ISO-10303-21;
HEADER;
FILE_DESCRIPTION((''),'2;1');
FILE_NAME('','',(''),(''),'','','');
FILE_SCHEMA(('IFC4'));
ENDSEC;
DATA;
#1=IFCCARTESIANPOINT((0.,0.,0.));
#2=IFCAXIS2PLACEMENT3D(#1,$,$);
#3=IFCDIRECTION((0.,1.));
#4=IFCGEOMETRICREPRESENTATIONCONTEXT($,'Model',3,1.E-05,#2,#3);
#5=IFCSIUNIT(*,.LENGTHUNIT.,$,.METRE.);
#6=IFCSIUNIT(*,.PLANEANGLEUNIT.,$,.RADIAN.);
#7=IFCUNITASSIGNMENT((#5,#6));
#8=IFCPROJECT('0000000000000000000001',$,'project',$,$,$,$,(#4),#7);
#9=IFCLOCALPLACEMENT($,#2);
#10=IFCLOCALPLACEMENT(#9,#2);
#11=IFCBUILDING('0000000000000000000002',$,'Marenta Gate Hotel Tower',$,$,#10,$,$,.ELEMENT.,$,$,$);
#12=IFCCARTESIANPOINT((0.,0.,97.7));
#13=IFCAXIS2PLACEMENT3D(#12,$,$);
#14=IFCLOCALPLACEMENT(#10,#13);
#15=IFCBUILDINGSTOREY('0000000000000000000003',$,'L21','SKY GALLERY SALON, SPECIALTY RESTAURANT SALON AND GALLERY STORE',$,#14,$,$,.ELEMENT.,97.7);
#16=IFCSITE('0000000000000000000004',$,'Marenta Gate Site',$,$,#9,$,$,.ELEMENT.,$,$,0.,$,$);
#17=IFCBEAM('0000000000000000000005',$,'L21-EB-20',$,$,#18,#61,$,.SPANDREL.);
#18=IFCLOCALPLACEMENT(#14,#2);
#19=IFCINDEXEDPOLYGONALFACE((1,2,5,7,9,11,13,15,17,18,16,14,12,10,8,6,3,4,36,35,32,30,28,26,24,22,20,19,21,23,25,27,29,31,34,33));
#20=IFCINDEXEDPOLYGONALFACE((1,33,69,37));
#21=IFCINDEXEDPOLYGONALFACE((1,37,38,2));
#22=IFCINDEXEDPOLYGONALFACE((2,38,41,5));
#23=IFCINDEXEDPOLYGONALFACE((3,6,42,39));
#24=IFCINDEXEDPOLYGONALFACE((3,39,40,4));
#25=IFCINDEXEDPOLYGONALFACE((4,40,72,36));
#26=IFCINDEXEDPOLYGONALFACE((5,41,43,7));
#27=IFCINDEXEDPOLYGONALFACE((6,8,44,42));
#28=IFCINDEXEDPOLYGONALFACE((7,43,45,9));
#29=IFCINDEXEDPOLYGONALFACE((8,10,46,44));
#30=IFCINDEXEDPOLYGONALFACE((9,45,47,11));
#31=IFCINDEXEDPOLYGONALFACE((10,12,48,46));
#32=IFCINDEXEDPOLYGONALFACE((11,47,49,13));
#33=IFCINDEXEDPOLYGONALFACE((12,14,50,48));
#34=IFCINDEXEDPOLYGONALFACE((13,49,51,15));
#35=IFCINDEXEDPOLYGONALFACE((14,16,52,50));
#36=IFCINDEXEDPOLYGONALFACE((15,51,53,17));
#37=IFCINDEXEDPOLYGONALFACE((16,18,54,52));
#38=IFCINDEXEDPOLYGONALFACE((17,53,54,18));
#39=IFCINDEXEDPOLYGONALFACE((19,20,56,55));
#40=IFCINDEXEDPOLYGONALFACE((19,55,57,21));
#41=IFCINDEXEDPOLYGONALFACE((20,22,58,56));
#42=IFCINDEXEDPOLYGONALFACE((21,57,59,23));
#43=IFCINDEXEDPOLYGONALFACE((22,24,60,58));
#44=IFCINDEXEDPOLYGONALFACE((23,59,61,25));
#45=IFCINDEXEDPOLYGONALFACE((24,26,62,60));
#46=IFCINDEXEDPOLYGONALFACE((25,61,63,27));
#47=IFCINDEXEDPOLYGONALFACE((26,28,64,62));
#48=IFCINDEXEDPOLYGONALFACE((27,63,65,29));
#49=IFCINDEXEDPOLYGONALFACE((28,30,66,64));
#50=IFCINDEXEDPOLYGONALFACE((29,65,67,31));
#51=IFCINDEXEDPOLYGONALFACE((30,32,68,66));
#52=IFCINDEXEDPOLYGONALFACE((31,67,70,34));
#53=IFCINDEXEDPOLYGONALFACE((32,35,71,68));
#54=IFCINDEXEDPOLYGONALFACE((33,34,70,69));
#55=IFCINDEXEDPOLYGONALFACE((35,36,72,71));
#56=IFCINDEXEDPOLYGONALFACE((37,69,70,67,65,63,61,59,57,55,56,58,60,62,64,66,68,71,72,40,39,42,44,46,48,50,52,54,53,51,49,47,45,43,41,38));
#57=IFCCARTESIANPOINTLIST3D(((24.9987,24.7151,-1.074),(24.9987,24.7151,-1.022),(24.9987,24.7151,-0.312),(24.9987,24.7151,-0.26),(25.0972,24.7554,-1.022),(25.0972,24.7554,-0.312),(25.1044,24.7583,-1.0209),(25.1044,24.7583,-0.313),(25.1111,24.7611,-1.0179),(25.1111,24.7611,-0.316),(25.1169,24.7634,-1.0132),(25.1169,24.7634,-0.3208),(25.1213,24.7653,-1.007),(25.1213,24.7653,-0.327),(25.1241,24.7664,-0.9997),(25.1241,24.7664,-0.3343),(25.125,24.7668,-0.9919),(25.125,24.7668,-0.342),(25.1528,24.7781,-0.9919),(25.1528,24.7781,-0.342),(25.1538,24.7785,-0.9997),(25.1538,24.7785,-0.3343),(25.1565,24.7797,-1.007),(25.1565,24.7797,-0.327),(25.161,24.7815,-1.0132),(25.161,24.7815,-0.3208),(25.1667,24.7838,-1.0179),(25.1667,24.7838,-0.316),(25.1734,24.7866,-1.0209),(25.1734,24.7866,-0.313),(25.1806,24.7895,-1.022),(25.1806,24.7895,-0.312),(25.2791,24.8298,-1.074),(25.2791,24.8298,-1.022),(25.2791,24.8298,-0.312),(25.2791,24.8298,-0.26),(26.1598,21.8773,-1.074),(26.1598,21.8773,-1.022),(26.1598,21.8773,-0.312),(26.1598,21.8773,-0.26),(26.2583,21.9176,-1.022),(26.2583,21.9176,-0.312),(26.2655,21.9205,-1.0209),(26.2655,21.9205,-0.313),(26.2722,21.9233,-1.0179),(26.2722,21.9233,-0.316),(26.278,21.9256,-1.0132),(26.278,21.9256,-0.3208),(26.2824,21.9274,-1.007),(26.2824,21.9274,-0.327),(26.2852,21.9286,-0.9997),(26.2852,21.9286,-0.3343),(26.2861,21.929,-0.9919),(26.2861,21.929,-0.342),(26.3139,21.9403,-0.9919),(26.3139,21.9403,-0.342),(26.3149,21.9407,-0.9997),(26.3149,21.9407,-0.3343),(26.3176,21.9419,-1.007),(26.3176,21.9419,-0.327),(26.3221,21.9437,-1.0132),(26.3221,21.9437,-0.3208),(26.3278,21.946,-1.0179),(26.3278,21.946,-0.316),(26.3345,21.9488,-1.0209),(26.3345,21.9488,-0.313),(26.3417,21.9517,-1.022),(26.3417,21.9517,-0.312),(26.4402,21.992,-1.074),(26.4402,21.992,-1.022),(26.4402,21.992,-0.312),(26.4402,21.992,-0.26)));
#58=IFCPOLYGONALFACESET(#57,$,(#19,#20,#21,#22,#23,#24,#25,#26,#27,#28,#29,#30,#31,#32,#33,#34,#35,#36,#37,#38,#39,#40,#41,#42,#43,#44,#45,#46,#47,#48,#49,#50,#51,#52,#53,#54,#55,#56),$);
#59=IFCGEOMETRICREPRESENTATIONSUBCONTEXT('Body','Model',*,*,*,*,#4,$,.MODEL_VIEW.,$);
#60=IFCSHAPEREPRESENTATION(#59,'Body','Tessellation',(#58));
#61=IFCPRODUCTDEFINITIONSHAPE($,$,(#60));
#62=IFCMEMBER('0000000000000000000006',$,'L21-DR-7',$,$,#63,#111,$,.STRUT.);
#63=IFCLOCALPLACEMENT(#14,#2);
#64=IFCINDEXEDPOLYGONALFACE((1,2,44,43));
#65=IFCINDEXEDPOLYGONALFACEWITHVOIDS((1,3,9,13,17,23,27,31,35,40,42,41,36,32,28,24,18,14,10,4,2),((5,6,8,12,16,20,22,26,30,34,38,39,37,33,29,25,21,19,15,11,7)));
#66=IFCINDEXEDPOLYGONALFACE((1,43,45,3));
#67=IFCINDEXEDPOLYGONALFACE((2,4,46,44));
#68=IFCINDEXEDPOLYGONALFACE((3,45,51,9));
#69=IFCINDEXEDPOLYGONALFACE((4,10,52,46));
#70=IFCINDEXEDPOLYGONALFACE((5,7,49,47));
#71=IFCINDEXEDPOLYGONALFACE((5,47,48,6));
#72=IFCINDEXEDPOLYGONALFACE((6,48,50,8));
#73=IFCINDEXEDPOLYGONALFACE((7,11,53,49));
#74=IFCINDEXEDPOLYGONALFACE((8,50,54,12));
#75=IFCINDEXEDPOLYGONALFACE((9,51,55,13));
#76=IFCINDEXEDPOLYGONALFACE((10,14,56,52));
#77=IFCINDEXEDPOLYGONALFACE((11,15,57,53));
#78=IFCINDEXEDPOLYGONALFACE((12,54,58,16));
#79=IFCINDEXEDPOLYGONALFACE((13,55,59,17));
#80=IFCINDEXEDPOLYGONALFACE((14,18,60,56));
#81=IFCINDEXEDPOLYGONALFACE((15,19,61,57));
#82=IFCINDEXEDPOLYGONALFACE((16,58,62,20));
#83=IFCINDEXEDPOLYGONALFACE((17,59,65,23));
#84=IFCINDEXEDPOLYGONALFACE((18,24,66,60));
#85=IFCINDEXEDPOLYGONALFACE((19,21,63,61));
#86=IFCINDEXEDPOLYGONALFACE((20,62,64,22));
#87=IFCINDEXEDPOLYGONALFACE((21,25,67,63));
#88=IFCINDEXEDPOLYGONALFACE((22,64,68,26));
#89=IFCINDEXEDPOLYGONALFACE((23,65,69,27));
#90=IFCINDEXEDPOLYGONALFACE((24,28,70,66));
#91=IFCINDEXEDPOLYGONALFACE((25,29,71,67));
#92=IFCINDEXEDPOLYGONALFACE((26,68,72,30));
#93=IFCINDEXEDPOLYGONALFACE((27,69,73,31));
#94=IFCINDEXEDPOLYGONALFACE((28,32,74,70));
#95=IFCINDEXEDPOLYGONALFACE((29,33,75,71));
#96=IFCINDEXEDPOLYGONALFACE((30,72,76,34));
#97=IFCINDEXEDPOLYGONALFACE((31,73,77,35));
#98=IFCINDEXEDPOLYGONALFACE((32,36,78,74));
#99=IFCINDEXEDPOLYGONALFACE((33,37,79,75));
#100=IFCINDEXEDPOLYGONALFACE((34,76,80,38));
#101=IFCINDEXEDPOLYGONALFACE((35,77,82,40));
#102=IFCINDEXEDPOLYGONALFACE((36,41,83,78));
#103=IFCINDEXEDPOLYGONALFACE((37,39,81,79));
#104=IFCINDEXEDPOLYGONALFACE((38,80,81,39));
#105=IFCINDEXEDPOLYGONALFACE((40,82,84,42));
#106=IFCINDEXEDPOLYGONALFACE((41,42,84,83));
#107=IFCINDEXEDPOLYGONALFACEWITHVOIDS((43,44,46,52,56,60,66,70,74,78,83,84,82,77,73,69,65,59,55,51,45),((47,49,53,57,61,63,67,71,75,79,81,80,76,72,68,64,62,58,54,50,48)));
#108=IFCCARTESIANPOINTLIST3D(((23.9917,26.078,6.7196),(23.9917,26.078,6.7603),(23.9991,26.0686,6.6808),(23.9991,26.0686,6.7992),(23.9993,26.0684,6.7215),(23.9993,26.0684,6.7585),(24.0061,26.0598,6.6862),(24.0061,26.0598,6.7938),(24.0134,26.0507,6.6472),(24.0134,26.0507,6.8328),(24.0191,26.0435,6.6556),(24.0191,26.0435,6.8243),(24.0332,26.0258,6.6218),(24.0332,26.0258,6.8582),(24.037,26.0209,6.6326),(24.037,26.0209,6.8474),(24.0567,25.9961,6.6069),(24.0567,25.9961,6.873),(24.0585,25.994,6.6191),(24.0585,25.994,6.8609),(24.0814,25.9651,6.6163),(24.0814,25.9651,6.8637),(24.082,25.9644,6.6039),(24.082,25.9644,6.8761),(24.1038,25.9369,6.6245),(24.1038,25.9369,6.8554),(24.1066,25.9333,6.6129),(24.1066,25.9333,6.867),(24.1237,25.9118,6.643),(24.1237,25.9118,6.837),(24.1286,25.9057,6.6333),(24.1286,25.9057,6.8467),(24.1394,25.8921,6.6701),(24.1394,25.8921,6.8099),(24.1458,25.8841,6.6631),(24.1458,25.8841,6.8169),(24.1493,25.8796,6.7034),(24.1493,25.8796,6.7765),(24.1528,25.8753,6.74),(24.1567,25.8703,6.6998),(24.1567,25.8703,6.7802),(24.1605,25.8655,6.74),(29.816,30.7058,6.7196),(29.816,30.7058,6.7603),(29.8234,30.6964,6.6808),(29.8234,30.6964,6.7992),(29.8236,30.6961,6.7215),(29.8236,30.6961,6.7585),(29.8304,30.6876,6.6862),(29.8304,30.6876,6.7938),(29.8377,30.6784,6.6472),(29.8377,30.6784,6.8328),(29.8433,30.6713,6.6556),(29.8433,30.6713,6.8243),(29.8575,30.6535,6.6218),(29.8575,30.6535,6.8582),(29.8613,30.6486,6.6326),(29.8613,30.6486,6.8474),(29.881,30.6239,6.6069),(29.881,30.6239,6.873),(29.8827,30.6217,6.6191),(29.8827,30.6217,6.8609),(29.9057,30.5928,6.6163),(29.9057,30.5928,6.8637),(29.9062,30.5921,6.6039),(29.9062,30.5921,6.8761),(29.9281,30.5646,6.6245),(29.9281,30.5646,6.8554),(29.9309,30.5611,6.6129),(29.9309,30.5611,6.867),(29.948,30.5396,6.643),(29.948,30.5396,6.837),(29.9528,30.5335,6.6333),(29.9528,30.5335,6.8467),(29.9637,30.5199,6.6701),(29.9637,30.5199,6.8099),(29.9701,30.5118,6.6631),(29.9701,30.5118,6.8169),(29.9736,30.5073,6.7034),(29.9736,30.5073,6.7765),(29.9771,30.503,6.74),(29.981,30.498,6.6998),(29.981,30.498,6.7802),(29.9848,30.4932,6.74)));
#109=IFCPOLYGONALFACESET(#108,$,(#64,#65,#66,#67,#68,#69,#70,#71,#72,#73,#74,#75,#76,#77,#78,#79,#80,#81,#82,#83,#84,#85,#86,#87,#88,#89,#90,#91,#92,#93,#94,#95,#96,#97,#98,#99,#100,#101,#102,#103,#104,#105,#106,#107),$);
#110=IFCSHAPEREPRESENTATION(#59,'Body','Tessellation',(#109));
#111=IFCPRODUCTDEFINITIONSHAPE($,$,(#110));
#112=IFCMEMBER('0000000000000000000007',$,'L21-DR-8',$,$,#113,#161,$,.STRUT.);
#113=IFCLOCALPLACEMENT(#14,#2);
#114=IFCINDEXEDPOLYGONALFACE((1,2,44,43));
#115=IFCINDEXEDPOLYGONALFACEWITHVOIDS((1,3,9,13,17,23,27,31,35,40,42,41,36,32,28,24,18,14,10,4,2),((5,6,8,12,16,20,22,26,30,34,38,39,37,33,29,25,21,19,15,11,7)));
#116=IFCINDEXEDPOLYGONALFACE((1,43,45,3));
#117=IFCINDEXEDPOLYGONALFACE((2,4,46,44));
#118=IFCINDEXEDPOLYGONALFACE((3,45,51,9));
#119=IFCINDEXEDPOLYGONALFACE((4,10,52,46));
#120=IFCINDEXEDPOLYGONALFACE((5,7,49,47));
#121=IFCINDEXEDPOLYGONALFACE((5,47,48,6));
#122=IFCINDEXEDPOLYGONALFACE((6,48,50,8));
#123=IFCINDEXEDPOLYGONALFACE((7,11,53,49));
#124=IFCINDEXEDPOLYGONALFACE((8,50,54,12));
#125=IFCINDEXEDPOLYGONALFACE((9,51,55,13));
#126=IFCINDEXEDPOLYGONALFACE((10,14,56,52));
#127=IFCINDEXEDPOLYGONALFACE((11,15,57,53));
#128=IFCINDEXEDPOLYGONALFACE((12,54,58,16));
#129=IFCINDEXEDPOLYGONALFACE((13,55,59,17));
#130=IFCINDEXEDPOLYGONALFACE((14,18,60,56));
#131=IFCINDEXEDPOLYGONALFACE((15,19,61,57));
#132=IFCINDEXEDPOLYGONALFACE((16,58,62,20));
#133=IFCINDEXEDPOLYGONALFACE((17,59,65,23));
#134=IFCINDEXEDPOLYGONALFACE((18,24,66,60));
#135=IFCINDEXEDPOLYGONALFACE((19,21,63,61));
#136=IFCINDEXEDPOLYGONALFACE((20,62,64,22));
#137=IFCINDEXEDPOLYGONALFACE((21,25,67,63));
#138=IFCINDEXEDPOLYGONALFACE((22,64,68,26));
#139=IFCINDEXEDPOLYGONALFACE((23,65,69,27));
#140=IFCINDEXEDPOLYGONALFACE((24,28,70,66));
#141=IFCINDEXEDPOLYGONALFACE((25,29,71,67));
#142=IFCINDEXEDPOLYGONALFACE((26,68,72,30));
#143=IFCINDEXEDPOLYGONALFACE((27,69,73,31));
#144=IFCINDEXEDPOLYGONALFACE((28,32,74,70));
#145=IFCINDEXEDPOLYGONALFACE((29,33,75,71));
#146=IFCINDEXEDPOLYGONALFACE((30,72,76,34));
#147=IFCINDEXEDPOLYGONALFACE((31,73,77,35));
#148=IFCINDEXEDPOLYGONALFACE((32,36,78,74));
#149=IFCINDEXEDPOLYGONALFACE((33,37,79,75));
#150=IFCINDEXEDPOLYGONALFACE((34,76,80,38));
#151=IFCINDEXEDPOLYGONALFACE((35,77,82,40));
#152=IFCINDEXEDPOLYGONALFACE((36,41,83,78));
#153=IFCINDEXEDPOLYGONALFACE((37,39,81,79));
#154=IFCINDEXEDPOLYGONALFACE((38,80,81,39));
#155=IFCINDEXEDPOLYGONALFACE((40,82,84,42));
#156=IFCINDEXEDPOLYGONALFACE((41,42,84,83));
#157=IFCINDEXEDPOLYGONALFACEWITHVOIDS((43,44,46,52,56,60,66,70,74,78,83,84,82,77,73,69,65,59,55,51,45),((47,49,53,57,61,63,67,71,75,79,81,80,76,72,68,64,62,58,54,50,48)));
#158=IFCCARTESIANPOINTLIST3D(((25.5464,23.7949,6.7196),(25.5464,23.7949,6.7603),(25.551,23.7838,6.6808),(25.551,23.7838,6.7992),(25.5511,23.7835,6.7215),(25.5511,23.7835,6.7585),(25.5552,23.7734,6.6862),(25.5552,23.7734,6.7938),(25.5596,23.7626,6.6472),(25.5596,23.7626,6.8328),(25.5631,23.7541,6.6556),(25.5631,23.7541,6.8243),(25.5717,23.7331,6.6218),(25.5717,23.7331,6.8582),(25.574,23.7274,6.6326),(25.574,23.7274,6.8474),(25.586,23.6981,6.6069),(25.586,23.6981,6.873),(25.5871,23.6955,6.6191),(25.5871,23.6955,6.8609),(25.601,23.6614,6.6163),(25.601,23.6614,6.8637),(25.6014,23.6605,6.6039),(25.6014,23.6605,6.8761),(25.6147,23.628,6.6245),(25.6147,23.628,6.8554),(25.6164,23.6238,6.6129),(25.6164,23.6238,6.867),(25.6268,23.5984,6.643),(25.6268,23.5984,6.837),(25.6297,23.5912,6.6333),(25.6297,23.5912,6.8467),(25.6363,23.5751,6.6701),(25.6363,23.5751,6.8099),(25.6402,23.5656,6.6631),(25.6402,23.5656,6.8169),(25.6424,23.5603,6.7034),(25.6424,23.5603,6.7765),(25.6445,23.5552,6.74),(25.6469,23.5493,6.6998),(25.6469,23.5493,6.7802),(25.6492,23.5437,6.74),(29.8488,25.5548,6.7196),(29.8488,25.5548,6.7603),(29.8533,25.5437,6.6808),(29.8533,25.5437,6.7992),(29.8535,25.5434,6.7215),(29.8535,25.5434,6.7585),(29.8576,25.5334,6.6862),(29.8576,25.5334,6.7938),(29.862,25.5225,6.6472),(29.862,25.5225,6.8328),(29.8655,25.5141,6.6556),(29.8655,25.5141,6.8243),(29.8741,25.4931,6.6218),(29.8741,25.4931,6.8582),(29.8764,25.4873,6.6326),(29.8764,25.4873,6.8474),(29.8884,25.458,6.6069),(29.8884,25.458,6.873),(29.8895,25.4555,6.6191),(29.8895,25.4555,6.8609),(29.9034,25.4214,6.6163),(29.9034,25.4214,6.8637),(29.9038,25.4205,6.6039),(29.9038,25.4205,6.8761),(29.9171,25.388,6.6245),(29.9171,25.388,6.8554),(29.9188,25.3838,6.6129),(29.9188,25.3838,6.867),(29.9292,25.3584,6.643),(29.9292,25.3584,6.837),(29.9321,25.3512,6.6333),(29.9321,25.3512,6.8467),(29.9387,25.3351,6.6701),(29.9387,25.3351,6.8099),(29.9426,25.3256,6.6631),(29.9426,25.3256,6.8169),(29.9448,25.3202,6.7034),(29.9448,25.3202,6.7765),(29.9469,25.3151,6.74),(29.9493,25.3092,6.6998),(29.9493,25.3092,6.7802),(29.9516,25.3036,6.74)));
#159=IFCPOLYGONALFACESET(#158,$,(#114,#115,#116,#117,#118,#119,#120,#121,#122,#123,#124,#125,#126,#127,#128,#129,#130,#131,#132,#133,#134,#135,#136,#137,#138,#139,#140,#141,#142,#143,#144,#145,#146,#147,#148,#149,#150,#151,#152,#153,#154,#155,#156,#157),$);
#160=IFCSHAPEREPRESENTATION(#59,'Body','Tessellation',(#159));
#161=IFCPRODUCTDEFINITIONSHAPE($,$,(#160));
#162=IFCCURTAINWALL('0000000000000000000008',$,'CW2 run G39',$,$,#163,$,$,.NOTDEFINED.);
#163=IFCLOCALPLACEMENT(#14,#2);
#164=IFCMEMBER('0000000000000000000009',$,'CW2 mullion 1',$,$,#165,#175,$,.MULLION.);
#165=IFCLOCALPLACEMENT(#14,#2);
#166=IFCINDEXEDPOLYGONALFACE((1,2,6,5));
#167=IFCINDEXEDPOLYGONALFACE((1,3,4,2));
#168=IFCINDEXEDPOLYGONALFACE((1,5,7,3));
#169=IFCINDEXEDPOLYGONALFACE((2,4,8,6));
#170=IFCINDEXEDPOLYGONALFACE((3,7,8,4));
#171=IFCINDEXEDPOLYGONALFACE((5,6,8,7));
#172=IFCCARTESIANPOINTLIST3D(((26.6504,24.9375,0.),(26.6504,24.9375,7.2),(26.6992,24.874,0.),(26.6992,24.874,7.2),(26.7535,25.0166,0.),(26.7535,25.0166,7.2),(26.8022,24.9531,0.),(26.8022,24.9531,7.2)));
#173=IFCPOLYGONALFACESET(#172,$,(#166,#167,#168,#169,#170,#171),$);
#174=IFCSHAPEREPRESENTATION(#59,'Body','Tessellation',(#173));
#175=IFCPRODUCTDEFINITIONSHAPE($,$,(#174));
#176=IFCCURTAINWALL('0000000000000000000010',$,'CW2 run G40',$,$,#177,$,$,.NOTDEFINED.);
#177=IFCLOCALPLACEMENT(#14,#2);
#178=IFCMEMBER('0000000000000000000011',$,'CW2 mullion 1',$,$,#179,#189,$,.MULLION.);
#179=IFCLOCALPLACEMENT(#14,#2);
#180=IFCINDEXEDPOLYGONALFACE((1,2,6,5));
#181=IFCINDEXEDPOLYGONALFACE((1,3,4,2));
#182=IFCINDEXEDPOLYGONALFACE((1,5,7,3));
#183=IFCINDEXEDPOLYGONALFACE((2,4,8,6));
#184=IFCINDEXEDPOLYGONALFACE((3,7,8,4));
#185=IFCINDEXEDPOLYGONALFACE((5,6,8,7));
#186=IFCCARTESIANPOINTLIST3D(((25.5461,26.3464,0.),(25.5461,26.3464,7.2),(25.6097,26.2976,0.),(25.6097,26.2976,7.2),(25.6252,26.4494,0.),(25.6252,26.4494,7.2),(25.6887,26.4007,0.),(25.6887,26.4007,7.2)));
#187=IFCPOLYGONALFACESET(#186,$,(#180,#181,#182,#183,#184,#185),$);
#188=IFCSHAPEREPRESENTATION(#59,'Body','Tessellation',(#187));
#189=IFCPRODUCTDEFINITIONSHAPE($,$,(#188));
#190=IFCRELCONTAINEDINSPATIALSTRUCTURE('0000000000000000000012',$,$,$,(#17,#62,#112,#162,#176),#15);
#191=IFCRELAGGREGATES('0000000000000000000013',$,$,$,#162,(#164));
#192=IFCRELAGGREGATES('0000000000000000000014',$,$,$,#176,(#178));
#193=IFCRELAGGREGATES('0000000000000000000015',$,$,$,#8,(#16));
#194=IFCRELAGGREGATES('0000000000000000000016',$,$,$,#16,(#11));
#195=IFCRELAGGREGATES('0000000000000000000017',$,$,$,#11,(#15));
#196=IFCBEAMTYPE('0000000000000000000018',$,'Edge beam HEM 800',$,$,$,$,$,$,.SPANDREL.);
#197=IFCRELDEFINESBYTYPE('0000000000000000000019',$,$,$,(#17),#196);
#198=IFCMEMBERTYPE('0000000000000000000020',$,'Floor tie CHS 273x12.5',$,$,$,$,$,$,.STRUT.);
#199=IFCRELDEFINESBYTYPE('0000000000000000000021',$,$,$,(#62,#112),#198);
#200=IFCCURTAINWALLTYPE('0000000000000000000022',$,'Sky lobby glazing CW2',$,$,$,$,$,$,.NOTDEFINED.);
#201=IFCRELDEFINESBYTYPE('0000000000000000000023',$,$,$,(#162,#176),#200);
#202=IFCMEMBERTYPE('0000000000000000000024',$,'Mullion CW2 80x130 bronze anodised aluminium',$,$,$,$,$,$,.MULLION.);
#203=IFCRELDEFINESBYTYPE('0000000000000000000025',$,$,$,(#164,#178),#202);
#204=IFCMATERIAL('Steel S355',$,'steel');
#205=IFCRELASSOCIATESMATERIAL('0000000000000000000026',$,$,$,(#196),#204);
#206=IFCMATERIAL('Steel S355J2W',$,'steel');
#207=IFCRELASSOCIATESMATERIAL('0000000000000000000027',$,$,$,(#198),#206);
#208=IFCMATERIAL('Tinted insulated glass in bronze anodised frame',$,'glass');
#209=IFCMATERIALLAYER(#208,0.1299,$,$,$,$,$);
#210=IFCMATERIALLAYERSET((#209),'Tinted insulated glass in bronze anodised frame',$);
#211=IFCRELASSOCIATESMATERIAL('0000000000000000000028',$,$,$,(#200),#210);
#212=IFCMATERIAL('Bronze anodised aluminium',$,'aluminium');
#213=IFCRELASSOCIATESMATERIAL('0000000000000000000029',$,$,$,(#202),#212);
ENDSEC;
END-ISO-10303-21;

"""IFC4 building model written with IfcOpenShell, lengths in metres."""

from ifc_helpers import new_model, si_unit, direction, frame, origin, origin_2d, place, context, subcontext, project, spatial, rectangle, hollow_circle, i_section, extrude, material, layer, layer_set, material_profile, profile_set, type_object, element, aggregate, save


model = new_model("IFC4")

# Units and contexts
model_context = context("Model", 3, precision=1e-05, world=origin(), true_north=direction((0.0, 1.0)))
body_context = subcontext(model_context, "Body", "Model", "MODEL_VIEW")
ifc_project = project(units=[si_unit("LENGTHUNIT", "METRE"), si_unit("PLANEANGLEUNIT", "RADIAN")], contexts=[model_context])

# Site, building, storey
site_placement = place(None, origin())
site = spatial("IfcSite", under=ifc_project, at=site_placement, Name="Marenta Gate Site", CompositionType="ELEMENT", RefElevation=0.0)
building_placement = place(site_placement, origin())
building = spatial("IfcBuilding", under=site, at=building_placement, Name="Marenta Gate Hotel Tower", CompositionType="ELEMENT")
storey_placement = place(building_placement, frame((0.0, 0.0, 97.7)))
storey = spatial("IfcBuildingStorey", under=building, at=storey_placement, Name="L21", Description="SKY GALLERY SALON, SPECIALTY RESTAURANT SALON AND GALLERY STORE", CompositionType="ELEMENT", Elevation=97.7)

# Beam
ifc_material_1 = material(Name="Steel S355", Category="steel")
ifc_material_profile_1 = material_profile(ifc_material_1, i_section(OverallWidth=0.303, OverallDepth=0.814, WebThickness=0.03, FlangeThickness=0.052, FilletRadius=0.03, at=origin_2d()), Name="HEM 800")
ifc_profile_set_1 = profile_set([ifc_material_profile_1], Name="Steel S355")
beam_type = type_object("IfcBeamType", Name="Edge beam HEM 800", PredefinedType="SPANDREL", material=ifc_profile_set_1)
beam_placement = place(storey_placement, frame((25.1389, 24.7725, -0.667), z_axis=(0.378682, -0.925527, 0.0), x_axis=(0.925527, 0.378682, 0.0)))
element("IfcBeam", 1, at=beam_placement, inside=storey, type_object=beam_type, Name="L21-EB-20", PredefinedType="SPANDREL", context=body_context, shape_type="SweptSolid", body=[
    extrude(i_section(OverallWidth=0.303, OverallDepth=0.814, WebThickness=0.03, FlangeThickness=0.052, FilletRadius=0.03, at=origin_2d()), origin(), (0.0, 0.0, 1.0), 3.0662),
])

# Members
ifc_material_2 = material(Name="Steel S355J2W", Category="steel")
ifc_material_profile_2 = material_profile(ifc_material_2, hollow_circle(Radius=0.1365, WallThickness=0.0125, at=origin_2d()), Name="CHS 273x12.5")
ifc_profile_set_2 = profile_set([ifc_material_profile_2], Name="Steel S355J2W")
member_type_1 = type_object("IfcMemberType", Name="Floor tie CHS 273x12.5", PredefinedType="STRUT", material=ifc_profile_set_2)
member_1_placement = place(storey_placement, frame((29.8999, 30.6001, 6.74), z_axis=(-0.782943, -0.622094, 0.0), x_axis=(0.622094, -0.782943, 0.0)))
element("IfcMember", 2, at=member_1_placement, inside=storey, type_object=member_type_1, Name="L21-DR-7", PredefinedType="STRUT", context=body_context, shape_type="SweptSolid", body=[
    extrude(hollow_circle(Radius=0.1365, WallThickness=0.0125, at=origin_2d()), origin(), (0.0, 0.0, 1.0), 7.439),
])
member_2_placement = place(storey_placement, frame((29.8999, 25.4299, 6.74), z_axis=(-0.925554, -0.378614, 0.0), x_axis=(0.378614, -0.925554, 0.0)))
element("IfcMember", 3, at=member_2_placement, inside=storey, type_object=member_type_1, Name="L21-DR-8", PredefinedType="STRUT", context=body_context, shape_type="SweptSolid", body=[
    extrude(hollow_circle(Radius=0.1365, WallThickness=0.0125, at=origin_2d()), origin(), (0.0, 0.0, 1.0), 4.6484),
])

# Curtain walls, members
ifc_material_3 = material(Name="Tinted insulated glass in bronze anodised frame", Category="glass")
ifc_layer_1 = layer(ifc_material_3, 0.1299)
ifc_layer_set_1 = layer_set([ifc_layer_1], Name="Tinted insulated glass in bronze anodised frame")
curtain_wall_type = type_object("IfcCurtainWallType", Name="Sky lobby glazing CW2", PredefinedType="NOTDEFINED", material=ifc_layer_set_1)
curtain_wall_1_placement = place(storey_placement, origin())
curtain_wall_1 = element("IfcCurtainWall", 4, at=curtain_wall_1_placement, inside=storey, type_object=curtain_wall_type, Name="CW2 run G39", PredefinedType="NOTDEFINED")
ifc_material_4 = material(Name="Bronze anodised aluminium", Category="aluminium")
ifc_material_profile_3 = material_profile(ifc_material_4, rectangle(XDim=0.1299, YDim=0.0801, at=origin_2d()), Name="Mullion CW2 80x130 bronze anodised aluminium")
ifc_profile_set_3 = profile_set([ifc_material_profile_3], Name="Bronze anodised aluminium")
member_type_2 = type_object("IfcMemberType", Name="Mullion CW2 80x130 bronze anodised aluminium", PredefinedType="MULLION", material=ifc_profile_set_3)
member_3_placement = place(storey_placement, frame((26.7263, 24.9453, 0.0), z_axis=(0.0, 0.0, 1.0), x_axis=(-0.793347, -0.60877, 0.0)))
member_3 = element("IfcMember", 5, at=member_3_placement, type_object=member_type_2, Name="CW2 mullion 1", PredefinedType="MULLION", context=body_context, shape_type="SweptSolid", body=[
    extrude(rectangle(XDim=0.1299, YDim=0.0801, at=origin_2d()), origin(), (0.0, 0.0, 1.0), 7.2),
])
curtain_wall_2_placement = place(storey_placement, origin())
curtain_wall_2 = element("IfcCurtainWall", 6, at=curtain_wall_2_placement, inside=storey, type_object=curtain_wall_type, Name="CW2 run G40", PredefinedType="NOTDEFINED")
member_4_placement = place(storey_placement, frame((25.6174, 26.3735, 0.0), z_axis=(0.0, 0.0, 1.0), x_axis=(-0.608757, -0.793357, 0.0)))
member_4 = element("IfcMember", 7, at=member_4_placement, type_object=member_type_2, Name="CW2 mullion 1", PredefinedType="MULLION", context=body_context, shape_type="SweptSolid", body=[
    extrude(rectangle(XDim=0.1299, YDim=0.0801, at=origin_2d()), origin(), (0.0, 0.0, 1.0), 7.2),
])

aggregate(curtain_wall_1, [member_3])
aggregate(curtain_wall_2, [member_4])

save(model, "model.ifc")
